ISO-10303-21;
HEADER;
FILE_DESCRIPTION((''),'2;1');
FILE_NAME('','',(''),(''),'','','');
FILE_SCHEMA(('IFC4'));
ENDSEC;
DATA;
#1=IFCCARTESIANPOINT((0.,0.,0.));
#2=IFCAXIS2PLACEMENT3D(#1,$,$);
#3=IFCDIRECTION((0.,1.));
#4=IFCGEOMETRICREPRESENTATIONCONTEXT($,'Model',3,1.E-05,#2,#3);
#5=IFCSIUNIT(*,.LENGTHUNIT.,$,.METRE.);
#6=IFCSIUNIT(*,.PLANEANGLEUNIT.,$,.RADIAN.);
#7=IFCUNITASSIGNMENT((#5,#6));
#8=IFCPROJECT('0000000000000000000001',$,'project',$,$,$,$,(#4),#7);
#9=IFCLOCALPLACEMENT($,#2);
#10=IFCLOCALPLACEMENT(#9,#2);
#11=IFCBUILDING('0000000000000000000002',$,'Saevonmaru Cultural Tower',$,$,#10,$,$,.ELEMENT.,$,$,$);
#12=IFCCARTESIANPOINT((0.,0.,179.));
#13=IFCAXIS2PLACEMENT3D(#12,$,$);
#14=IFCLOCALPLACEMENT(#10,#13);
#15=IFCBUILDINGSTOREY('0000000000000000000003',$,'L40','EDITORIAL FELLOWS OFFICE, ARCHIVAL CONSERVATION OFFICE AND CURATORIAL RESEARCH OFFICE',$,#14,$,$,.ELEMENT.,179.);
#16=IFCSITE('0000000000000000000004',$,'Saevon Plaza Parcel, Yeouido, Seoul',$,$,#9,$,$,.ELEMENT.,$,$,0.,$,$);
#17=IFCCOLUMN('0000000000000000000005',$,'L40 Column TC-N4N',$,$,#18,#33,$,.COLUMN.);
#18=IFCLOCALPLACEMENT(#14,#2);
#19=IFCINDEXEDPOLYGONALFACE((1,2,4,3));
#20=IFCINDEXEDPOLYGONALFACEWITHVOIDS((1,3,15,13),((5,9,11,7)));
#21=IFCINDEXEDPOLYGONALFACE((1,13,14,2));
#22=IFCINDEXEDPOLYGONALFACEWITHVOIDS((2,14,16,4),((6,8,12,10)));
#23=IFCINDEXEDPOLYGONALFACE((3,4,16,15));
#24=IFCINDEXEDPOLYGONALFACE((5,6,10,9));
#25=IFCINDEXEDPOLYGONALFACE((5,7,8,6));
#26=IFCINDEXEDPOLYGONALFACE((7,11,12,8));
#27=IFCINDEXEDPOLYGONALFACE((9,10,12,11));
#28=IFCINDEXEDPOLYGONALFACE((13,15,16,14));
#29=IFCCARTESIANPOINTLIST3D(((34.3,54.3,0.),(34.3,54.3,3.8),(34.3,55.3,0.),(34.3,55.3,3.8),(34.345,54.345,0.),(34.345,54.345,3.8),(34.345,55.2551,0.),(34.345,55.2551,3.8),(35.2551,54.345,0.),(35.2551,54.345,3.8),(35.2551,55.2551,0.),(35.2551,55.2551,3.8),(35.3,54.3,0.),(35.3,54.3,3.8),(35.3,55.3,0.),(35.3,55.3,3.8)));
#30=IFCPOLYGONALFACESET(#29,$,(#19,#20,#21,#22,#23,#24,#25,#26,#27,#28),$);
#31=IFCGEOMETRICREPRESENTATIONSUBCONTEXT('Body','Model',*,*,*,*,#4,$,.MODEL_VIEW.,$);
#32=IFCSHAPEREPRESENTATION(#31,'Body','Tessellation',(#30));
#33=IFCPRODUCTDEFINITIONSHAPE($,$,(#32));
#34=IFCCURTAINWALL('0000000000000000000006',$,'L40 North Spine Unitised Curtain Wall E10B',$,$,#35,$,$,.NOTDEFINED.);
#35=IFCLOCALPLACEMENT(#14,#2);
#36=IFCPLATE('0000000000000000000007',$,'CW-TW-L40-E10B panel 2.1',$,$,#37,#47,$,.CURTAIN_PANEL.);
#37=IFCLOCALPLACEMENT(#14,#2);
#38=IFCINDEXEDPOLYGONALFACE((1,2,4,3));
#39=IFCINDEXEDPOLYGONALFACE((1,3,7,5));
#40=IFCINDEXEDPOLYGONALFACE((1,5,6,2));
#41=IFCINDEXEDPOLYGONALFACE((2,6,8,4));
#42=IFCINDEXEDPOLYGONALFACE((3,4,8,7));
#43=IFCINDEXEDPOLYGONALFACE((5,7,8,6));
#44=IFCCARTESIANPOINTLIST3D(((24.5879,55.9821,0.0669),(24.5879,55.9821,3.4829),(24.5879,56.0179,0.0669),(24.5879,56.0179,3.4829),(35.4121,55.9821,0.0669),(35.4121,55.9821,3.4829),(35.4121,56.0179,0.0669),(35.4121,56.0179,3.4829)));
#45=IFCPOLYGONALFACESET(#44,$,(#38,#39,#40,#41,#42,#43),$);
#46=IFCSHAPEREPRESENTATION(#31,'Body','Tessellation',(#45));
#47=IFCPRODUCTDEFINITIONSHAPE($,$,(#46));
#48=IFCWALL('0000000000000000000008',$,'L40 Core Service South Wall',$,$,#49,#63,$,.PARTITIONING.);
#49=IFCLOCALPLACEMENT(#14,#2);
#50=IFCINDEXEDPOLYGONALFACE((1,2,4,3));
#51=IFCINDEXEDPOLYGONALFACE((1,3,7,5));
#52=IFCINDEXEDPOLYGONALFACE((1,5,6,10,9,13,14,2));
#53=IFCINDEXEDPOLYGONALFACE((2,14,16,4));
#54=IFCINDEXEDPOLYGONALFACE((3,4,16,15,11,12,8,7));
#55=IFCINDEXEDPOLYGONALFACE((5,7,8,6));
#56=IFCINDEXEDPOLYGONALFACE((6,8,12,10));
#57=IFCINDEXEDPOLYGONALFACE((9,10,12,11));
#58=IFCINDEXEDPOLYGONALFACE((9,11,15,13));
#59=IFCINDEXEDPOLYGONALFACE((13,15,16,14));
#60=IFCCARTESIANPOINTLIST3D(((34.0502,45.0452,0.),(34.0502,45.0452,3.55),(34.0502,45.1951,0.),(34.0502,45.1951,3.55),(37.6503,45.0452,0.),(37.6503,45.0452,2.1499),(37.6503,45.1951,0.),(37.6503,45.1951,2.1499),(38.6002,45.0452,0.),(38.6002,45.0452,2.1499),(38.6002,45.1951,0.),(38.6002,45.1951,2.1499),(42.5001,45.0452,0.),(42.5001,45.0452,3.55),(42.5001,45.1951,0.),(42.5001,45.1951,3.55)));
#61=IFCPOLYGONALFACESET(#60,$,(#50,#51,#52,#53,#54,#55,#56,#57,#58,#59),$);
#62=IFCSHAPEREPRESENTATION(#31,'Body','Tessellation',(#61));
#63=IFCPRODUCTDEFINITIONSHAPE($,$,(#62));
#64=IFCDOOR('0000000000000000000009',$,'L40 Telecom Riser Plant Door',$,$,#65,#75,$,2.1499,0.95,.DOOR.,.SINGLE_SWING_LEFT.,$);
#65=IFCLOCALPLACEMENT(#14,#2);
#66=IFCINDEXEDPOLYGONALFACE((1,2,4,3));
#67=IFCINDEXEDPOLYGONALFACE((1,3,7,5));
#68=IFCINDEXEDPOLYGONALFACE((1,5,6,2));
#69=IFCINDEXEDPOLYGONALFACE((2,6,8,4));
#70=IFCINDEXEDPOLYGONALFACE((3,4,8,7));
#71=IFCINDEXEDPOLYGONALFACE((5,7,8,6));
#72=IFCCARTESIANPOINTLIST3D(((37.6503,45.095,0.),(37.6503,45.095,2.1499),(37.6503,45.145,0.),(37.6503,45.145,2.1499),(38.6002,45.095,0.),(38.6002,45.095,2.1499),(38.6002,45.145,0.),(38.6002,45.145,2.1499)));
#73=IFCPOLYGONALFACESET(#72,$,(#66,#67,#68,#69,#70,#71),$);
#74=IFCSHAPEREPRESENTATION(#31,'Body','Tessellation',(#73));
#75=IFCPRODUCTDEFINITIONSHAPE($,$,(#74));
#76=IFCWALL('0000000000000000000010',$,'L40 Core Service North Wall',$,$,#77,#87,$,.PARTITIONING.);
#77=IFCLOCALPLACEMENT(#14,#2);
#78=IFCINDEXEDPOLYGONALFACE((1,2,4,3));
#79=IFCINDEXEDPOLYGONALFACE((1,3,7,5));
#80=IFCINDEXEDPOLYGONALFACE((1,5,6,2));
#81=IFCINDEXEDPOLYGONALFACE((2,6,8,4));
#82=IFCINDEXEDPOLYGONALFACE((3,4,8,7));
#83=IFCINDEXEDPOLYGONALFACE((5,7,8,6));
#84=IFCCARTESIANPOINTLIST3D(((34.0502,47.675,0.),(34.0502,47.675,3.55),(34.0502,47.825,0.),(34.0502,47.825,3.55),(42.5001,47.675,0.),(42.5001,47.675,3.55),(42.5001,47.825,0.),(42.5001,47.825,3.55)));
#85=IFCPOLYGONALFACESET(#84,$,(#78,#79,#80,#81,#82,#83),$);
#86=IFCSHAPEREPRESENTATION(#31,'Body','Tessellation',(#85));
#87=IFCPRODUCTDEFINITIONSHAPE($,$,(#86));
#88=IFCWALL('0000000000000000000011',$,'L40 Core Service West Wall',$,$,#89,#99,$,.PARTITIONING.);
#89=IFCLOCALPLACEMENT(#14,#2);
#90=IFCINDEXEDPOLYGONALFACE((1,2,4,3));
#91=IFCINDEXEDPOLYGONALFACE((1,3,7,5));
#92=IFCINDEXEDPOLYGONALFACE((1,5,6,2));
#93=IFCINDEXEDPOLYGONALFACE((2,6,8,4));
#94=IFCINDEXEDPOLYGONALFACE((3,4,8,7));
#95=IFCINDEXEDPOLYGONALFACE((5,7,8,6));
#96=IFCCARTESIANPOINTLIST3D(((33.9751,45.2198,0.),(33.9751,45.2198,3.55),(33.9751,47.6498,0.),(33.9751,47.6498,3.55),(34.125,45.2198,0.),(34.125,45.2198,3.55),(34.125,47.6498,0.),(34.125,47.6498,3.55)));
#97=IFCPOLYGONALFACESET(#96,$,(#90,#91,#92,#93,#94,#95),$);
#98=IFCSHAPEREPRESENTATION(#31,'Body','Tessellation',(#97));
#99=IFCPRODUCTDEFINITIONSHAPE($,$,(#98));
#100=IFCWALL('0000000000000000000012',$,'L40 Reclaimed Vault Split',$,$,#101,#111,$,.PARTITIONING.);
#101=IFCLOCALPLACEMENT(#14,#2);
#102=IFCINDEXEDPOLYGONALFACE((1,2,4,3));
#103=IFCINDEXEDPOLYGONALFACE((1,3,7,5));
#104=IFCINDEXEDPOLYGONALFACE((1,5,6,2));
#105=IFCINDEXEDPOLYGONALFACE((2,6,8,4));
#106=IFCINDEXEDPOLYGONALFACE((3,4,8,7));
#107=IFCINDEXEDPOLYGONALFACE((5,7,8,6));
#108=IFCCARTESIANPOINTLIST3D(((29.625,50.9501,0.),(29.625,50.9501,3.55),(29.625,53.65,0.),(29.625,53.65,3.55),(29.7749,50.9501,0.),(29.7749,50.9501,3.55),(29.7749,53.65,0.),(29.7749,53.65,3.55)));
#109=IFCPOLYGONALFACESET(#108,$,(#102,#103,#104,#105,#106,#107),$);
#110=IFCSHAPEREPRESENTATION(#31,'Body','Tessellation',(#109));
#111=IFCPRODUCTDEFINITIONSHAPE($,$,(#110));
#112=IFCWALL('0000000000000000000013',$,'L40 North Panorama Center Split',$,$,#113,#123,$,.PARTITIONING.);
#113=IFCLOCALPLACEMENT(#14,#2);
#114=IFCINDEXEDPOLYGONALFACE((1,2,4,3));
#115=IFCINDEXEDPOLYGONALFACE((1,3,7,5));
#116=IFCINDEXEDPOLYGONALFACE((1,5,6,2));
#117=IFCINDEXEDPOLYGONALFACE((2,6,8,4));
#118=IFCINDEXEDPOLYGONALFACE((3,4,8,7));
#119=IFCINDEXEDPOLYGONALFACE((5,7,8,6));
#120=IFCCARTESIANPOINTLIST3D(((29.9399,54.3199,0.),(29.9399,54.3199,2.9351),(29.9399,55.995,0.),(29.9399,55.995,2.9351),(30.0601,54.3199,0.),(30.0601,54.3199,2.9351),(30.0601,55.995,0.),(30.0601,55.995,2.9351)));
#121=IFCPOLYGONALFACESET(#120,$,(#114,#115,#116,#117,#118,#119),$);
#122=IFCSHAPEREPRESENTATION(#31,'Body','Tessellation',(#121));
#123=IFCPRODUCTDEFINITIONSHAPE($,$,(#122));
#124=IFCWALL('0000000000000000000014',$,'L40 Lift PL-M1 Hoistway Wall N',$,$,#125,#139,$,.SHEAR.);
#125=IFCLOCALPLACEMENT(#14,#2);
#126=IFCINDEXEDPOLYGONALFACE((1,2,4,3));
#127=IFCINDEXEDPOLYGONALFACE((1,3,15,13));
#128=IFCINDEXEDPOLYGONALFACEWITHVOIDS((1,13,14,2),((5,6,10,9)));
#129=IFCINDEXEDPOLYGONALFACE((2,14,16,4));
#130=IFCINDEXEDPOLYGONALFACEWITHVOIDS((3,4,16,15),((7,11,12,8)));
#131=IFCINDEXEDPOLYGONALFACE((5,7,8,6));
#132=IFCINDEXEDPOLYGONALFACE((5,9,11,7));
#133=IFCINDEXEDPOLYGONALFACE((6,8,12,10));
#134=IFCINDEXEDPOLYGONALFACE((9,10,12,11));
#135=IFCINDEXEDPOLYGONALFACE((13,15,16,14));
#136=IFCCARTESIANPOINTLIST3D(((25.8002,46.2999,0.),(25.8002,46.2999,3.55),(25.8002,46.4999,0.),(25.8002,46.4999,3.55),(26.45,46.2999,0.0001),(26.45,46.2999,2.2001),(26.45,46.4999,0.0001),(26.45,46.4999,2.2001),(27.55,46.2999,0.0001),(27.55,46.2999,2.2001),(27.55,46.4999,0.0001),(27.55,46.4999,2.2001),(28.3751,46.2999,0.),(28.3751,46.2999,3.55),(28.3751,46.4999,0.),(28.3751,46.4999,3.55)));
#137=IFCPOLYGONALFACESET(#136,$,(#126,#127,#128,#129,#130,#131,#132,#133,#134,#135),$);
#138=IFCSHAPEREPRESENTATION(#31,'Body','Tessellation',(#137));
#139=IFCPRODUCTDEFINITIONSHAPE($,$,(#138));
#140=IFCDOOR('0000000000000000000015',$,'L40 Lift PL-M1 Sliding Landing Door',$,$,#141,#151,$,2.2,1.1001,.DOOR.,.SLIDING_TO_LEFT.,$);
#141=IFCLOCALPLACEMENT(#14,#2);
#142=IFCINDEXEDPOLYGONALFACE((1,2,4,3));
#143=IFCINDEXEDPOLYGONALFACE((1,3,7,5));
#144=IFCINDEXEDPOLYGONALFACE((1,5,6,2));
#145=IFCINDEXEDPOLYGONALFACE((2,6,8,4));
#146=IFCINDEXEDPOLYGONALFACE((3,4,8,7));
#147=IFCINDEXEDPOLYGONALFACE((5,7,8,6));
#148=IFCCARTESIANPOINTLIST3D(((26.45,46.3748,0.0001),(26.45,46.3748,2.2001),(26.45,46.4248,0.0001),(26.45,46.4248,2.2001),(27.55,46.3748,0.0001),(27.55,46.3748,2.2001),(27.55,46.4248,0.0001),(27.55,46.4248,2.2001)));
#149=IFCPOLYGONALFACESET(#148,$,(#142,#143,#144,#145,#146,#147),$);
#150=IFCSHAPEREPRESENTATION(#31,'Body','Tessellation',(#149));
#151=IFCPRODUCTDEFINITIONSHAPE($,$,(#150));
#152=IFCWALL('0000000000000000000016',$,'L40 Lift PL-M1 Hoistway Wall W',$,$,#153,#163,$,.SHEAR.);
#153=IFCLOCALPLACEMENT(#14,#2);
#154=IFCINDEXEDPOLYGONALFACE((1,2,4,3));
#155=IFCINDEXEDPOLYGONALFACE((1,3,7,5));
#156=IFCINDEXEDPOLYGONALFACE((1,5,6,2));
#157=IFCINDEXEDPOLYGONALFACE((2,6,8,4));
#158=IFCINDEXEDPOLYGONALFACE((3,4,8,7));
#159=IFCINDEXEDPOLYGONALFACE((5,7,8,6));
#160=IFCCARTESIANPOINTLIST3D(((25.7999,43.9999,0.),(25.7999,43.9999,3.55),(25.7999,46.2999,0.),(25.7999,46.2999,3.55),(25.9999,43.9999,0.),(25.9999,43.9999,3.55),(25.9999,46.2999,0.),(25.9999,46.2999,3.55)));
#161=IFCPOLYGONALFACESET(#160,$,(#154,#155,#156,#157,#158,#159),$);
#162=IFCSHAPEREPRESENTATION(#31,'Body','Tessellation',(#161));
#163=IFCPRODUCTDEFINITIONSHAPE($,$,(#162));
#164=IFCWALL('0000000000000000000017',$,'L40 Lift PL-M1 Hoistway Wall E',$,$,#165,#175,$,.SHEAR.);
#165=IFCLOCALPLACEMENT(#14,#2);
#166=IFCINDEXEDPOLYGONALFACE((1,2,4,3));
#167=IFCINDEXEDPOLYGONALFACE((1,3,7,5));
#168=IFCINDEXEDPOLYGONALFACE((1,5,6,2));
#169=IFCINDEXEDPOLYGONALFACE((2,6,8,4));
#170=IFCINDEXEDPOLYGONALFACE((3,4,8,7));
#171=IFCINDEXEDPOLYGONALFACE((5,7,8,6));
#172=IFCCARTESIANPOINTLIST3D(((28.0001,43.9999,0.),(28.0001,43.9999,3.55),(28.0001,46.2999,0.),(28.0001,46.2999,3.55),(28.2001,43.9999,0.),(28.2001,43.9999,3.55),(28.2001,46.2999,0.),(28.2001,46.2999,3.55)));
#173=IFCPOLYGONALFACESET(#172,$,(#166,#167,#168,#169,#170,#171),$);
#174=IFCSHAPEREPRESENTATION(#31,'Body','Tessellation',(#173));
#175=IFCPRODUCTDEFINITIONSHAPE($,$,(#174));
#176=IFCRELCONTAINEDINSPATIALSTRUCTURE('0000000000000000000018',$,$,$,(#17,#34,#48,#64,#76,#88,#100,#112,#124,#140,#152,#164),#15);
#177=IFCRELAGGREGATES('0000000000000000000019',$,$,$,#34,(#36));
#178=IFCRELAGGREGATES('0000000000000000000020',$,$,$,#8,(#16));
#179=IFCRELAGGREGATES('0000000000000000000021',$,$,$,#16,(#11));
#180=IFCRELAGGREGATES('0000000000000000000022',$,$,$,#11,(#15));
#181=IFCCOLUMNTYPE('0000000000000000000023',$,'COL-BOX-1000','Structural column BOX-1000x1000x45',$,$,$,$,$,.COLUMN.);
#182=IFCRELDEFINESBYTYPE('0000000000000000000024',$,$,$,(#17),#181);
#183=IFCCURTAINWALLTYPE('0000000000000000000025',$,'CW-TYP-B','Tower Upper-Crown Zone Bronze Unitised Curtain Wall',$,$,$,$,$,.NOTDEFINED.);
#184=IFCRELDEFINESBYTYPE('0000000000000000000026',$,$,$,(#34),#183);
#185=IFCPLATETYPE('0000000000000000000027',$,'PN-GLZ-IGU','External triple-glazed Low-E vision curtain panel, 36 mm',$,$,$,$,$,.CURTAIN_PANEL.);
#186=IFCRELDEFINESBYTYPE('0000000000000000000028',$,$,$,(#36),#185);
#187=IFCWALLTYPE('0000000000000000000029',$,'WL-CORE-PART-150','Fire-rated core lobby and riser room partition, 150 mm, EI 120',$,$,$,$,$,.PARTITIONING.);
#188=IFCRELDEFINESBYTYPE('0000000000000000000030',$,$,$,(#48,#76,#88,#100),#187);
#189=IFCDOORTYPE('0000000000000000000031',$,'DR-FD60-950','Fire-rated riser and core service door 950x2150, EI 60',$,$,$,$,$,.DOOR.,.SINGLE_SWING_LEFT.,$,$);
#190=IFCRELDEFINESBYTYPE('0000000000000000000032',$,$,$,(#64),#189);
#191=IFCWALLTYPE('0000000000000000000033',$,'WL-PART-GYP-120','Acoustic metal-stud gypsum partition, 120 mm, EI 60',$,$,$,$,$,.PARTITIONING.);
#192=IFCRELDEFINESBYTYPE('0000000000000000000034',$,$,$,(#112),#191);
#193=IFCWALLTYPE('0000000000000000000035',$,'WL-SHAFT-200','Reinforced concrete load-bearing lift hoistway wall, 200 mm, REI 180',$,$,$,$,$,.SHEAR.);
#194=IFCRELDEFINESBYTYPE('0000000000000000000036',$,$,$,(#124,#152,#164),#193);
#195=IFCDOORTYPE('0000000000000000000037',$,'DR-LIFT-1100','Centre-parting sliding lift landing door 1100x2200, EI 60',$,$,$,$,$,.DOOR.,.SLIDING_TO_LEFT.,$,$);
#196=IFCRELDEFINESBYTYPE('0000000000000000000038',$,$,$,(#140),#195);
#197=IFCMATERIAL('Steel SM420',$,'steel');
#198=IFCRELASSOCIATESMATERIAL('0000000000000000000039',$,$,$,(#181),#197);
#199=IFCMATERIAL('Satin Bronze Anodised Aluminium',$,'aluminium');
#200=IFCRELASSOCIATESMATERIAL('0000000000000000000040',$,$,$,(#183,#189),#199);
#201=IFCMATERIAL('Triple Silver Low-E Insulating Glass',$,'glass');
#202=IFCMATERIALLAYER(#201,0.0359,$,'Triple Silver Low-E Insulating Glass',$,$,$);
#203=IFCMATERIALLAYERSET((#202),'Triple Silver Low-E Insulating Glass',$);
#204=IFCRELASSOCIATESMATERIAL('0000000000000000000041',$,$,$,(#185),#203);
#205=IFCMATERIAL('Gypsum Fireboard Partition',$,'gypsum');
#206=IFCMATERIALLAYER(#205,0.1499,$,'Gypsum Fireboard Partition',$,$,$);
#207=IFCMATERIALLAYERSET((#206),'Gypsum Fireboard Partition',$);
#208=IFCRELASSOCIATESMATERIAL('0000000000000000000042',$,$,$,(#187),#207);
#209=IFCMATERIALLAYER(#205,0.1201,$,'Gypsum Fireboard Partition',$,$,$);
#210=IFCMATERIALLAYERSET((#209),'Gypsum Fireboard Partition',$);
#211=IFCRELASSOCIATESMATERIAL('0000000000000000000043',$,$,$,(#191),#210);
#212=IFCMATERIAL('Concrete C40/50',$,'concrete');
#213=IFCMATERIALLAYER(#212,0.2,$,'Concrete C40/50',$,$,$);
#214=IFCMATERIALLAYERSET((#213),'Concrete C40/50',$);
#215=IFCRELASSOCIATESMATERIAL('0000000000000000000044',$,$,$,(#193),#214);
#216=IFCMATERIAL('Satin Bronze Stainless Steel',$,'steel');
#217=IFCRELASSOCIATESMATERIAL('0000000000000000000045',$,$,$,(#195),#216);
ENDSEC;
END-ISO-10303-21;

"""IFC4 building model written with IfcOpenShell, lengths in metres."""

from ifc_helpers import new_model, si_unit, direction, frame, frame_2d, origin, origin_2d, place, context, subcontext, project, spatial, rectangle, hollow_rectangle, extrude, material, layer, layer_set, material_profile, profile_set, type_object, element, fill, aggregate, save


model = new_model("IFC4")

# Units and contexts
model_context = context("Model", 3, precision=1e-05, world=origin(), true_north=direction((0.0, 1.0)))
body_context = subcontext(model_context, "Body", "Model", "MODEL_VIEW")
ifc_project = project(units=[si_unit("LENGTHUNIT", "METRE"), si_unit("PLANEANGLEUNIT", "RADIAN")], contexts=[model_context])

# Site, building, storey
site_placement = place(None, origin())
site = spatial("IfcSite", under=ifc_project, at=site_placement, Name="Saevon Plaza Parcel, Yeouido, Seoul", CompositionType="ELEMENT", RefElevation=0.0)
building_placement = place(site_placement, origin())
building = spatial("IfcBuilding", under=site, at=building_placement, Name="Saevonmaru Cultural Tower", CompositionType="ELEMENT")
storey_placement = place(building_placement, frame((0.0, 0.0, 179.0)))
storey = spatial("IfcBuildingStorey", under=building, at=storey_placement, Name="L40", Description="EDITORIAL FELLOWS OFFICE, ARCHIVAL CONSERVATION OFFICE AND CURATORIAL RESEARCH OFFICE", CompositionType="ELEMENT", Elevation=179.0)

# Column
ifc_material_1 = material(Name="Steel SM420", Category="steel")
ifc_material_profile = material_profile(ifc_material_1, hollow_rectangle(XDim=1.0, YDim=1.0, WallThickness=0.0449, at=origin_2d()), Name="BOX-1000x1000x45")
ifc_profile_set = profile_set([ifc_material_profile], Name="Steel SM420")
column_type = type_object("IfcColumnType", Name="COL-BOX-1000", Description="Structural column BOX-1000x1000x45", PredefinedType="COLUMN", material=ifc_profile_set)
column_placement = place(storey_placement, frame((34.8, 54.8, 0.0), z_axis=(0.0, 0.0, 1.0), x_axis=(1.0, 0.0, 0.0)))
element("IfcColumn", 1, at=column_placement, inside=storey, type_object=column_type, Name="L40 Column TC-N4N", PredefinedType="COLUMN", context=body_context, shape_type="SweptSolid", body=[
    extrude(hollow_rectangle(XDim=1.0, YDim=1.0, WallThickness=0.0449, at=origin_2d()), origin(), (0.0, 0.0, 1.0), 3.8),
])

# Curtain wall, plate
ifc_material_2 = material(Name="Satin Bronze Anodised Aluminium", Category="aluminium")
curtain_wall_type = type_object("IfcCurtainWallType", Name="CW-TYP-B", Description="Tower Upper-Crown Zone Bronze Unitised Curtain Wall", PredefinedType="NOTDEFINED", material=ifc_material_2)
curtain_wall_placement = place(storey_placement, origin())
curtain_wall = element("IfcCurtainWall", 2, at=curtain_wall_placement, inside=storey, type_object=curtain_wall_type, Name="L40 North Spine Unitised Curtain Wall E10B", PredefinedType="NOTDEFINED")
ifc_material_3 = material(Name="Triple Silver Low-E Insulating Glass", Category="glass")
ifc_layer_1 = layer(ifc_material_3, 0.0359, Name="Triple Silver Low-E Insulating Glass")
ifc_layer_set_1 = layer_set([ifc_layer_1], Name="Triple Silver Low-E Insulating Glass")
plate_type = type_object("IfcPlateType", Name="PN-GLZ-IGU", Description="External triple-glazed Low-E vision curtain panel, 36 mm", PredefinedType="CURTAIN_PANEL", material=ifc_layer_set_1)
plate_placement = place(storey_placement, frame((30.0, 56.0, 0.0669), z_axis=(0.0, 0.0, 1.0), x_axis=(-1.0, 0.0, 0.0)))
plate = element("IfcPlate", 3, at=plate_placement, type_object=plate_type, Name="CW-TW-L40-E10B panel 2.1", PredefinedType="CURTAIN_PANEL", context=body_context, shape_type="SweptSolid", body=[
    extrude(rectangle(XDim=10.8242, YDim=0.0359, at=origin_2d()), origin(), (0.0, 0.0, 1.0), 3.416),
])
aggregate(curtain_wall, [plate])

# Wall, opening, door
ifc_material_4 = material(Name="Gypsum Fireboard Partition", Category="gypsum")
ifc_layer_2 = layer(ifc_material_4, 0.1499, Name="Gypsum Fireboard Partition")
ifc_layer_set_2 = layer_set([ifc_layer_2], Name="Gypsum Fireboard Partition")
wall_type_1 = type_object("IfcWallType", Name="WL-CORE-PART-150", Description="Fire-rated core lobby and riser room partition, 150 mm, EI 120", PredefinedType="PARTITIONING", material=ifc_layer_set_2)
wall_1_placement = place(storey_placement, frame((34.05, 45.1201, 0.0), z_axis=(0.0, 0.0, 1.0), x_axis=(1.0, 0.0, 0.0)))
wall_1 = element("IfcWall", 4, at=wall_1_placement, inside=storey, type_object=wall_type_1, Name="L40 Core Service South Wall", PredefinedType="PARTITIONING", context=body_context, shape_type="SweptSolid", body=[
    extrude(rectangle(XDim=8.45, YDim=0.1499, at=frame_2d((4.2251, 0.0))), origin(), (0.0, 0.0, 1.0), 3.55),
])
opening_1_placement = place(wall_1_placement, frame((3.6001, 0.0, 0.0)))
opening_1 = element("IfcOpeningElement", 5, at=opening_1_placement, cuts=wall_1, PredefinedType="OPENING", context=body_context, shape_type="SweptSolid", body=[
    extrude(rectangle(XDim=0.95, YDim=2.1499, at=frame_2d((0.4751, 1.075))), frame((0.0, 0.085, 0.0), z_axis=(0.0, -1.0, 0.0), x_axis=(1.0, 0.0, 0.0)), (0.0, 0.0, 1.0), 0.1699),
])
door_type_1 = type_object("IfcDoorType", Name="DR-FD60-950", Description="Fire-rated riser and core service door 950x2150, EI 60", OperationType="SINGLE_SWING_LEFT", PredefinedType="DOOR", material=ifc_material_2)
door_1_placement = place(opening_1_placement, origin())
door_1 = element("IfcDoor", 6, at=door_1_placement, inside=storey, type_object=door_type_1, Name="L40 Telecom Riser Plant Door", OperationType="SINGLE_SWING_LEFT", OverallHeight=2.1499, OverallWidth=0.95, PredefinedType="DOOR", context=body_context, shape_type="SweptSolid", body=[
    extrude(rectangle(XDim=0.95, YDim=2.1499, at=frame_2d((0.4751, 1.075))), frame((0.0, 0.0249, 0.0), z_axis=(0.0, -1.0, 0.0), x_axis=(1.0, 0.0, 0.0)), (0.0, 0.0, 1.0), 0.05),
])
fill(opening_1, door_1)

# Walls
wall_2_placement = place(storey_placement, frame((34.05, 47.75, 0.0), z_axis=(0.0, 0.0, 1.0), x_axis=(1.0, 0.0, 0.0)))
element("IfcWall", 7, at=wall_2_placement, inside=storey, type_object=wall_type_1, Name="L40 Core Service North Wall", PredefinedType="PARTITIONING", context=body_context, shape_type="SweptSolid", body=[
    extrude(rectangle(XDim=8.45, YDim=0.1499, at=frame_2d((4.2251, 0.0))), origin(), (0.0, 0.0, 1.0), 3.55),
])
wall_3_placement = place(storey_placement, frame((34.05, 45.22, 0.0), z_axis=(0.0, 0.0, 1.0), x_axis=(0.0, 1.0, 0.0)))
element("IfcWall", 8, at=wall_3_placement, inside=storey, type_object=wall_type_1, Name="L40 Core Service West Wall", PredefinedType="PARTITIONING", context=body_context, shape_type="SweptSolid", body=[
    extrude(rectangle(XDim=2.4299, YDim=0.1499, at=frame_2d((1.2148, 0.0))), origin(), (0.0, 0.0, 1.0), 3.55),
])

# Walls
wall_4_placement = place(storey_placement, frame((29.7, 50.95, 0.0), z_axis=(0.0, 0.0, 1.0), x_axis=(0.0, 1.0, 0.0)))
element("IfcWall", 9, at=wall_4_placement, inside=storey, type_object=wall_type_1, Name="L40 Reclaimed Vault Split", PredefinedType="PARTITIONING", context=body_context, shape_type="SweptSolid", body=[
    extrude(rectangle(XDim=2.7, YDim=0.1499, at=frame_2d((1.3501, 0.0))), origin(), (0.0, 0.0, 1.0), 3.55),
])
ifc_layer_3 = layer(ifc_material_4, 0.1201, Name="Gypsum Fireboard Partition")
ifc_layer_set_3 = layer_set([ifc_layer_3], Name="Gypsum Fireboard Partition")
wall_type_2 = type_object("IfcWallType", Name="WL-PART-GYP-120", Description="Acoustic metal-stud gypsum partition, 120 mm, EI 60", PredefinedType="PARTITIONING", material=ifc_layer_set_3)
wall_5_placement = place(storey_placement, frame((30.0, 54.3201, 0.0), z_axis=(0.0, 0.0, 1.0), x_axis=(0.0, 1.0, 0.0)))
element("IfcWall", 10, at=wall_5_placement, inside=storey, type_object=wall_type_2, Name="L40 North Panorama Center Split", PredefinedType="PARTITIONING", context=body_context, shape_type="SweptSolid", body=[
    extrude(rectangle(XDim=1.675, YDim=0.1201, at=frame_2d((0.8374, 0.0))), origin(), (0.0, 0.0, 1.0), 2.9351),
])

# Wall, opening, door
ifc_material_5 = material(Name="Concrete C40/50", Category="concrete")
ifc_layer_4 = layer(ifc_material_5, 0.2, Name="Concrete C40/50")
ifc_layer_set_4 = layer_set([ifc_layer_4], Name="Concrete C40/50")
wall_type_3 = type_object("IfcWallType", Name="WL-SHAFT-200", Description="Reinforced concrete load-bearing lift hoistway wall, 200 mm, REI 180", PredefinedType="SHEAR", material=ifc_layer_set_4)
wall_6_placement = place(storey_placement, frame((25.8, 46.3999, 0.0), z_axis=(0.0, 0.0, 1.0), x_axis=(1.0, 0.0, 0.0)))
wall_6 = element("IfcWall", 11, at=wall_6_placement, inside=storey, type_object=wall_type_3, Name="L40 Lift PL-M1 Hoistway Wall N", PredefinedType="SHEAR", context=body_context, shape_type="SweptSolid", body=[
    extrude(rectangle(XDim=2.575, YDim=0.2, at=frame_2d((1.2876, 0.0))), origin(), (0.0, 0.0, 1.0), 3.55),
])
opening_2_placement = place(wall_6_placement, frame((0.6499, 0.0, 0.0)))
opening_2 = element("IfcOpeningElement", 12, at=opening_2_placement, cuts=wall_6, PredefinedType="OPENING", context=body_context, shape_type="SweptSolid", body=[
    extrude(rectangle(XDim=1.1001, YDim=2.2, at=frame_2d((0.55, 1.1001))), frame((0.0, 0.1099, 0.0), z_axis=(0.0, -1.0, 0.0), x_axis=(1.0, 0.0, 0.0)), (0.0, 0.0, 1.0), 0.22),
])
ifc_material_6 = material(Name="Satin Bronze Stainless Steel", Category="steel")
door_type_2 = type_object("IfcDoorType", Name="DR-LIFT-1100", Description="Centre-parting sliding lift landing door 1100x2200, EI 60", OperationType="SLIDING_TO_LEFT", PredefinedType="DOOR", material=ifc_material_6)
door_2_placement = place(opening_2_placement, origin())
door_2 = element("IfcDoor", 13, at=door_2_placement, inside=storey, type_object=door_type_2, Name="L40 Lift PL-M1 Sliding Landing Door", OperationType="SLIDING_TO_LEFT", OverallHeight=2.2, OverallWidth=1.1001, PredefinedType="DOOR", context=body_context, shape_type="SweptSolid", body=[
    extrude(rectangle(XDim=1.1001, YDim=2.2, at=frame_2d((0.55, 1.1001))), frame((0.0, 0.0249, 0.0), z_axis=(0.0, -1.0, 0.0), x_axis=(1.0, 0.0, 0.0)), (0.0, 0.0, 1.0), 0.05),
])
fill(opening_2, door_2)

# Walls
for number, where, z_axis, x_axis, name in (
    (14, (25.8999, 44.0, 0.0), (0.0, 0.0, 1.0), (0.0, 1.0, 0.0), "L40 Lift PL-M1 Hoistway Wall W"),
    (15, (28.1001, 44.0, 0.0), (0.0, 0.0, 1.0), (0.0, 1.0, 0.0), "L40 Lift PL-M1 Hoistway Wall E"),
):
    element("IfcWall", number, at=place(storey_placement, frame(where, z_axis=z_axis, x_axis=x_axis)), inside=storey, type_object=wall_type_3, Name=name, PredefinedType="SHEAR", context=body_context, shape_type="SweptSolid", body=[
        extrude(rectangle(XDim=2.3, YDim=0.2, at=frame_2d((1.1499, 0.0))), origin(), (0.0, 0.0, 1.0), 3.55),
    ])

save(model, "model.ifc")
